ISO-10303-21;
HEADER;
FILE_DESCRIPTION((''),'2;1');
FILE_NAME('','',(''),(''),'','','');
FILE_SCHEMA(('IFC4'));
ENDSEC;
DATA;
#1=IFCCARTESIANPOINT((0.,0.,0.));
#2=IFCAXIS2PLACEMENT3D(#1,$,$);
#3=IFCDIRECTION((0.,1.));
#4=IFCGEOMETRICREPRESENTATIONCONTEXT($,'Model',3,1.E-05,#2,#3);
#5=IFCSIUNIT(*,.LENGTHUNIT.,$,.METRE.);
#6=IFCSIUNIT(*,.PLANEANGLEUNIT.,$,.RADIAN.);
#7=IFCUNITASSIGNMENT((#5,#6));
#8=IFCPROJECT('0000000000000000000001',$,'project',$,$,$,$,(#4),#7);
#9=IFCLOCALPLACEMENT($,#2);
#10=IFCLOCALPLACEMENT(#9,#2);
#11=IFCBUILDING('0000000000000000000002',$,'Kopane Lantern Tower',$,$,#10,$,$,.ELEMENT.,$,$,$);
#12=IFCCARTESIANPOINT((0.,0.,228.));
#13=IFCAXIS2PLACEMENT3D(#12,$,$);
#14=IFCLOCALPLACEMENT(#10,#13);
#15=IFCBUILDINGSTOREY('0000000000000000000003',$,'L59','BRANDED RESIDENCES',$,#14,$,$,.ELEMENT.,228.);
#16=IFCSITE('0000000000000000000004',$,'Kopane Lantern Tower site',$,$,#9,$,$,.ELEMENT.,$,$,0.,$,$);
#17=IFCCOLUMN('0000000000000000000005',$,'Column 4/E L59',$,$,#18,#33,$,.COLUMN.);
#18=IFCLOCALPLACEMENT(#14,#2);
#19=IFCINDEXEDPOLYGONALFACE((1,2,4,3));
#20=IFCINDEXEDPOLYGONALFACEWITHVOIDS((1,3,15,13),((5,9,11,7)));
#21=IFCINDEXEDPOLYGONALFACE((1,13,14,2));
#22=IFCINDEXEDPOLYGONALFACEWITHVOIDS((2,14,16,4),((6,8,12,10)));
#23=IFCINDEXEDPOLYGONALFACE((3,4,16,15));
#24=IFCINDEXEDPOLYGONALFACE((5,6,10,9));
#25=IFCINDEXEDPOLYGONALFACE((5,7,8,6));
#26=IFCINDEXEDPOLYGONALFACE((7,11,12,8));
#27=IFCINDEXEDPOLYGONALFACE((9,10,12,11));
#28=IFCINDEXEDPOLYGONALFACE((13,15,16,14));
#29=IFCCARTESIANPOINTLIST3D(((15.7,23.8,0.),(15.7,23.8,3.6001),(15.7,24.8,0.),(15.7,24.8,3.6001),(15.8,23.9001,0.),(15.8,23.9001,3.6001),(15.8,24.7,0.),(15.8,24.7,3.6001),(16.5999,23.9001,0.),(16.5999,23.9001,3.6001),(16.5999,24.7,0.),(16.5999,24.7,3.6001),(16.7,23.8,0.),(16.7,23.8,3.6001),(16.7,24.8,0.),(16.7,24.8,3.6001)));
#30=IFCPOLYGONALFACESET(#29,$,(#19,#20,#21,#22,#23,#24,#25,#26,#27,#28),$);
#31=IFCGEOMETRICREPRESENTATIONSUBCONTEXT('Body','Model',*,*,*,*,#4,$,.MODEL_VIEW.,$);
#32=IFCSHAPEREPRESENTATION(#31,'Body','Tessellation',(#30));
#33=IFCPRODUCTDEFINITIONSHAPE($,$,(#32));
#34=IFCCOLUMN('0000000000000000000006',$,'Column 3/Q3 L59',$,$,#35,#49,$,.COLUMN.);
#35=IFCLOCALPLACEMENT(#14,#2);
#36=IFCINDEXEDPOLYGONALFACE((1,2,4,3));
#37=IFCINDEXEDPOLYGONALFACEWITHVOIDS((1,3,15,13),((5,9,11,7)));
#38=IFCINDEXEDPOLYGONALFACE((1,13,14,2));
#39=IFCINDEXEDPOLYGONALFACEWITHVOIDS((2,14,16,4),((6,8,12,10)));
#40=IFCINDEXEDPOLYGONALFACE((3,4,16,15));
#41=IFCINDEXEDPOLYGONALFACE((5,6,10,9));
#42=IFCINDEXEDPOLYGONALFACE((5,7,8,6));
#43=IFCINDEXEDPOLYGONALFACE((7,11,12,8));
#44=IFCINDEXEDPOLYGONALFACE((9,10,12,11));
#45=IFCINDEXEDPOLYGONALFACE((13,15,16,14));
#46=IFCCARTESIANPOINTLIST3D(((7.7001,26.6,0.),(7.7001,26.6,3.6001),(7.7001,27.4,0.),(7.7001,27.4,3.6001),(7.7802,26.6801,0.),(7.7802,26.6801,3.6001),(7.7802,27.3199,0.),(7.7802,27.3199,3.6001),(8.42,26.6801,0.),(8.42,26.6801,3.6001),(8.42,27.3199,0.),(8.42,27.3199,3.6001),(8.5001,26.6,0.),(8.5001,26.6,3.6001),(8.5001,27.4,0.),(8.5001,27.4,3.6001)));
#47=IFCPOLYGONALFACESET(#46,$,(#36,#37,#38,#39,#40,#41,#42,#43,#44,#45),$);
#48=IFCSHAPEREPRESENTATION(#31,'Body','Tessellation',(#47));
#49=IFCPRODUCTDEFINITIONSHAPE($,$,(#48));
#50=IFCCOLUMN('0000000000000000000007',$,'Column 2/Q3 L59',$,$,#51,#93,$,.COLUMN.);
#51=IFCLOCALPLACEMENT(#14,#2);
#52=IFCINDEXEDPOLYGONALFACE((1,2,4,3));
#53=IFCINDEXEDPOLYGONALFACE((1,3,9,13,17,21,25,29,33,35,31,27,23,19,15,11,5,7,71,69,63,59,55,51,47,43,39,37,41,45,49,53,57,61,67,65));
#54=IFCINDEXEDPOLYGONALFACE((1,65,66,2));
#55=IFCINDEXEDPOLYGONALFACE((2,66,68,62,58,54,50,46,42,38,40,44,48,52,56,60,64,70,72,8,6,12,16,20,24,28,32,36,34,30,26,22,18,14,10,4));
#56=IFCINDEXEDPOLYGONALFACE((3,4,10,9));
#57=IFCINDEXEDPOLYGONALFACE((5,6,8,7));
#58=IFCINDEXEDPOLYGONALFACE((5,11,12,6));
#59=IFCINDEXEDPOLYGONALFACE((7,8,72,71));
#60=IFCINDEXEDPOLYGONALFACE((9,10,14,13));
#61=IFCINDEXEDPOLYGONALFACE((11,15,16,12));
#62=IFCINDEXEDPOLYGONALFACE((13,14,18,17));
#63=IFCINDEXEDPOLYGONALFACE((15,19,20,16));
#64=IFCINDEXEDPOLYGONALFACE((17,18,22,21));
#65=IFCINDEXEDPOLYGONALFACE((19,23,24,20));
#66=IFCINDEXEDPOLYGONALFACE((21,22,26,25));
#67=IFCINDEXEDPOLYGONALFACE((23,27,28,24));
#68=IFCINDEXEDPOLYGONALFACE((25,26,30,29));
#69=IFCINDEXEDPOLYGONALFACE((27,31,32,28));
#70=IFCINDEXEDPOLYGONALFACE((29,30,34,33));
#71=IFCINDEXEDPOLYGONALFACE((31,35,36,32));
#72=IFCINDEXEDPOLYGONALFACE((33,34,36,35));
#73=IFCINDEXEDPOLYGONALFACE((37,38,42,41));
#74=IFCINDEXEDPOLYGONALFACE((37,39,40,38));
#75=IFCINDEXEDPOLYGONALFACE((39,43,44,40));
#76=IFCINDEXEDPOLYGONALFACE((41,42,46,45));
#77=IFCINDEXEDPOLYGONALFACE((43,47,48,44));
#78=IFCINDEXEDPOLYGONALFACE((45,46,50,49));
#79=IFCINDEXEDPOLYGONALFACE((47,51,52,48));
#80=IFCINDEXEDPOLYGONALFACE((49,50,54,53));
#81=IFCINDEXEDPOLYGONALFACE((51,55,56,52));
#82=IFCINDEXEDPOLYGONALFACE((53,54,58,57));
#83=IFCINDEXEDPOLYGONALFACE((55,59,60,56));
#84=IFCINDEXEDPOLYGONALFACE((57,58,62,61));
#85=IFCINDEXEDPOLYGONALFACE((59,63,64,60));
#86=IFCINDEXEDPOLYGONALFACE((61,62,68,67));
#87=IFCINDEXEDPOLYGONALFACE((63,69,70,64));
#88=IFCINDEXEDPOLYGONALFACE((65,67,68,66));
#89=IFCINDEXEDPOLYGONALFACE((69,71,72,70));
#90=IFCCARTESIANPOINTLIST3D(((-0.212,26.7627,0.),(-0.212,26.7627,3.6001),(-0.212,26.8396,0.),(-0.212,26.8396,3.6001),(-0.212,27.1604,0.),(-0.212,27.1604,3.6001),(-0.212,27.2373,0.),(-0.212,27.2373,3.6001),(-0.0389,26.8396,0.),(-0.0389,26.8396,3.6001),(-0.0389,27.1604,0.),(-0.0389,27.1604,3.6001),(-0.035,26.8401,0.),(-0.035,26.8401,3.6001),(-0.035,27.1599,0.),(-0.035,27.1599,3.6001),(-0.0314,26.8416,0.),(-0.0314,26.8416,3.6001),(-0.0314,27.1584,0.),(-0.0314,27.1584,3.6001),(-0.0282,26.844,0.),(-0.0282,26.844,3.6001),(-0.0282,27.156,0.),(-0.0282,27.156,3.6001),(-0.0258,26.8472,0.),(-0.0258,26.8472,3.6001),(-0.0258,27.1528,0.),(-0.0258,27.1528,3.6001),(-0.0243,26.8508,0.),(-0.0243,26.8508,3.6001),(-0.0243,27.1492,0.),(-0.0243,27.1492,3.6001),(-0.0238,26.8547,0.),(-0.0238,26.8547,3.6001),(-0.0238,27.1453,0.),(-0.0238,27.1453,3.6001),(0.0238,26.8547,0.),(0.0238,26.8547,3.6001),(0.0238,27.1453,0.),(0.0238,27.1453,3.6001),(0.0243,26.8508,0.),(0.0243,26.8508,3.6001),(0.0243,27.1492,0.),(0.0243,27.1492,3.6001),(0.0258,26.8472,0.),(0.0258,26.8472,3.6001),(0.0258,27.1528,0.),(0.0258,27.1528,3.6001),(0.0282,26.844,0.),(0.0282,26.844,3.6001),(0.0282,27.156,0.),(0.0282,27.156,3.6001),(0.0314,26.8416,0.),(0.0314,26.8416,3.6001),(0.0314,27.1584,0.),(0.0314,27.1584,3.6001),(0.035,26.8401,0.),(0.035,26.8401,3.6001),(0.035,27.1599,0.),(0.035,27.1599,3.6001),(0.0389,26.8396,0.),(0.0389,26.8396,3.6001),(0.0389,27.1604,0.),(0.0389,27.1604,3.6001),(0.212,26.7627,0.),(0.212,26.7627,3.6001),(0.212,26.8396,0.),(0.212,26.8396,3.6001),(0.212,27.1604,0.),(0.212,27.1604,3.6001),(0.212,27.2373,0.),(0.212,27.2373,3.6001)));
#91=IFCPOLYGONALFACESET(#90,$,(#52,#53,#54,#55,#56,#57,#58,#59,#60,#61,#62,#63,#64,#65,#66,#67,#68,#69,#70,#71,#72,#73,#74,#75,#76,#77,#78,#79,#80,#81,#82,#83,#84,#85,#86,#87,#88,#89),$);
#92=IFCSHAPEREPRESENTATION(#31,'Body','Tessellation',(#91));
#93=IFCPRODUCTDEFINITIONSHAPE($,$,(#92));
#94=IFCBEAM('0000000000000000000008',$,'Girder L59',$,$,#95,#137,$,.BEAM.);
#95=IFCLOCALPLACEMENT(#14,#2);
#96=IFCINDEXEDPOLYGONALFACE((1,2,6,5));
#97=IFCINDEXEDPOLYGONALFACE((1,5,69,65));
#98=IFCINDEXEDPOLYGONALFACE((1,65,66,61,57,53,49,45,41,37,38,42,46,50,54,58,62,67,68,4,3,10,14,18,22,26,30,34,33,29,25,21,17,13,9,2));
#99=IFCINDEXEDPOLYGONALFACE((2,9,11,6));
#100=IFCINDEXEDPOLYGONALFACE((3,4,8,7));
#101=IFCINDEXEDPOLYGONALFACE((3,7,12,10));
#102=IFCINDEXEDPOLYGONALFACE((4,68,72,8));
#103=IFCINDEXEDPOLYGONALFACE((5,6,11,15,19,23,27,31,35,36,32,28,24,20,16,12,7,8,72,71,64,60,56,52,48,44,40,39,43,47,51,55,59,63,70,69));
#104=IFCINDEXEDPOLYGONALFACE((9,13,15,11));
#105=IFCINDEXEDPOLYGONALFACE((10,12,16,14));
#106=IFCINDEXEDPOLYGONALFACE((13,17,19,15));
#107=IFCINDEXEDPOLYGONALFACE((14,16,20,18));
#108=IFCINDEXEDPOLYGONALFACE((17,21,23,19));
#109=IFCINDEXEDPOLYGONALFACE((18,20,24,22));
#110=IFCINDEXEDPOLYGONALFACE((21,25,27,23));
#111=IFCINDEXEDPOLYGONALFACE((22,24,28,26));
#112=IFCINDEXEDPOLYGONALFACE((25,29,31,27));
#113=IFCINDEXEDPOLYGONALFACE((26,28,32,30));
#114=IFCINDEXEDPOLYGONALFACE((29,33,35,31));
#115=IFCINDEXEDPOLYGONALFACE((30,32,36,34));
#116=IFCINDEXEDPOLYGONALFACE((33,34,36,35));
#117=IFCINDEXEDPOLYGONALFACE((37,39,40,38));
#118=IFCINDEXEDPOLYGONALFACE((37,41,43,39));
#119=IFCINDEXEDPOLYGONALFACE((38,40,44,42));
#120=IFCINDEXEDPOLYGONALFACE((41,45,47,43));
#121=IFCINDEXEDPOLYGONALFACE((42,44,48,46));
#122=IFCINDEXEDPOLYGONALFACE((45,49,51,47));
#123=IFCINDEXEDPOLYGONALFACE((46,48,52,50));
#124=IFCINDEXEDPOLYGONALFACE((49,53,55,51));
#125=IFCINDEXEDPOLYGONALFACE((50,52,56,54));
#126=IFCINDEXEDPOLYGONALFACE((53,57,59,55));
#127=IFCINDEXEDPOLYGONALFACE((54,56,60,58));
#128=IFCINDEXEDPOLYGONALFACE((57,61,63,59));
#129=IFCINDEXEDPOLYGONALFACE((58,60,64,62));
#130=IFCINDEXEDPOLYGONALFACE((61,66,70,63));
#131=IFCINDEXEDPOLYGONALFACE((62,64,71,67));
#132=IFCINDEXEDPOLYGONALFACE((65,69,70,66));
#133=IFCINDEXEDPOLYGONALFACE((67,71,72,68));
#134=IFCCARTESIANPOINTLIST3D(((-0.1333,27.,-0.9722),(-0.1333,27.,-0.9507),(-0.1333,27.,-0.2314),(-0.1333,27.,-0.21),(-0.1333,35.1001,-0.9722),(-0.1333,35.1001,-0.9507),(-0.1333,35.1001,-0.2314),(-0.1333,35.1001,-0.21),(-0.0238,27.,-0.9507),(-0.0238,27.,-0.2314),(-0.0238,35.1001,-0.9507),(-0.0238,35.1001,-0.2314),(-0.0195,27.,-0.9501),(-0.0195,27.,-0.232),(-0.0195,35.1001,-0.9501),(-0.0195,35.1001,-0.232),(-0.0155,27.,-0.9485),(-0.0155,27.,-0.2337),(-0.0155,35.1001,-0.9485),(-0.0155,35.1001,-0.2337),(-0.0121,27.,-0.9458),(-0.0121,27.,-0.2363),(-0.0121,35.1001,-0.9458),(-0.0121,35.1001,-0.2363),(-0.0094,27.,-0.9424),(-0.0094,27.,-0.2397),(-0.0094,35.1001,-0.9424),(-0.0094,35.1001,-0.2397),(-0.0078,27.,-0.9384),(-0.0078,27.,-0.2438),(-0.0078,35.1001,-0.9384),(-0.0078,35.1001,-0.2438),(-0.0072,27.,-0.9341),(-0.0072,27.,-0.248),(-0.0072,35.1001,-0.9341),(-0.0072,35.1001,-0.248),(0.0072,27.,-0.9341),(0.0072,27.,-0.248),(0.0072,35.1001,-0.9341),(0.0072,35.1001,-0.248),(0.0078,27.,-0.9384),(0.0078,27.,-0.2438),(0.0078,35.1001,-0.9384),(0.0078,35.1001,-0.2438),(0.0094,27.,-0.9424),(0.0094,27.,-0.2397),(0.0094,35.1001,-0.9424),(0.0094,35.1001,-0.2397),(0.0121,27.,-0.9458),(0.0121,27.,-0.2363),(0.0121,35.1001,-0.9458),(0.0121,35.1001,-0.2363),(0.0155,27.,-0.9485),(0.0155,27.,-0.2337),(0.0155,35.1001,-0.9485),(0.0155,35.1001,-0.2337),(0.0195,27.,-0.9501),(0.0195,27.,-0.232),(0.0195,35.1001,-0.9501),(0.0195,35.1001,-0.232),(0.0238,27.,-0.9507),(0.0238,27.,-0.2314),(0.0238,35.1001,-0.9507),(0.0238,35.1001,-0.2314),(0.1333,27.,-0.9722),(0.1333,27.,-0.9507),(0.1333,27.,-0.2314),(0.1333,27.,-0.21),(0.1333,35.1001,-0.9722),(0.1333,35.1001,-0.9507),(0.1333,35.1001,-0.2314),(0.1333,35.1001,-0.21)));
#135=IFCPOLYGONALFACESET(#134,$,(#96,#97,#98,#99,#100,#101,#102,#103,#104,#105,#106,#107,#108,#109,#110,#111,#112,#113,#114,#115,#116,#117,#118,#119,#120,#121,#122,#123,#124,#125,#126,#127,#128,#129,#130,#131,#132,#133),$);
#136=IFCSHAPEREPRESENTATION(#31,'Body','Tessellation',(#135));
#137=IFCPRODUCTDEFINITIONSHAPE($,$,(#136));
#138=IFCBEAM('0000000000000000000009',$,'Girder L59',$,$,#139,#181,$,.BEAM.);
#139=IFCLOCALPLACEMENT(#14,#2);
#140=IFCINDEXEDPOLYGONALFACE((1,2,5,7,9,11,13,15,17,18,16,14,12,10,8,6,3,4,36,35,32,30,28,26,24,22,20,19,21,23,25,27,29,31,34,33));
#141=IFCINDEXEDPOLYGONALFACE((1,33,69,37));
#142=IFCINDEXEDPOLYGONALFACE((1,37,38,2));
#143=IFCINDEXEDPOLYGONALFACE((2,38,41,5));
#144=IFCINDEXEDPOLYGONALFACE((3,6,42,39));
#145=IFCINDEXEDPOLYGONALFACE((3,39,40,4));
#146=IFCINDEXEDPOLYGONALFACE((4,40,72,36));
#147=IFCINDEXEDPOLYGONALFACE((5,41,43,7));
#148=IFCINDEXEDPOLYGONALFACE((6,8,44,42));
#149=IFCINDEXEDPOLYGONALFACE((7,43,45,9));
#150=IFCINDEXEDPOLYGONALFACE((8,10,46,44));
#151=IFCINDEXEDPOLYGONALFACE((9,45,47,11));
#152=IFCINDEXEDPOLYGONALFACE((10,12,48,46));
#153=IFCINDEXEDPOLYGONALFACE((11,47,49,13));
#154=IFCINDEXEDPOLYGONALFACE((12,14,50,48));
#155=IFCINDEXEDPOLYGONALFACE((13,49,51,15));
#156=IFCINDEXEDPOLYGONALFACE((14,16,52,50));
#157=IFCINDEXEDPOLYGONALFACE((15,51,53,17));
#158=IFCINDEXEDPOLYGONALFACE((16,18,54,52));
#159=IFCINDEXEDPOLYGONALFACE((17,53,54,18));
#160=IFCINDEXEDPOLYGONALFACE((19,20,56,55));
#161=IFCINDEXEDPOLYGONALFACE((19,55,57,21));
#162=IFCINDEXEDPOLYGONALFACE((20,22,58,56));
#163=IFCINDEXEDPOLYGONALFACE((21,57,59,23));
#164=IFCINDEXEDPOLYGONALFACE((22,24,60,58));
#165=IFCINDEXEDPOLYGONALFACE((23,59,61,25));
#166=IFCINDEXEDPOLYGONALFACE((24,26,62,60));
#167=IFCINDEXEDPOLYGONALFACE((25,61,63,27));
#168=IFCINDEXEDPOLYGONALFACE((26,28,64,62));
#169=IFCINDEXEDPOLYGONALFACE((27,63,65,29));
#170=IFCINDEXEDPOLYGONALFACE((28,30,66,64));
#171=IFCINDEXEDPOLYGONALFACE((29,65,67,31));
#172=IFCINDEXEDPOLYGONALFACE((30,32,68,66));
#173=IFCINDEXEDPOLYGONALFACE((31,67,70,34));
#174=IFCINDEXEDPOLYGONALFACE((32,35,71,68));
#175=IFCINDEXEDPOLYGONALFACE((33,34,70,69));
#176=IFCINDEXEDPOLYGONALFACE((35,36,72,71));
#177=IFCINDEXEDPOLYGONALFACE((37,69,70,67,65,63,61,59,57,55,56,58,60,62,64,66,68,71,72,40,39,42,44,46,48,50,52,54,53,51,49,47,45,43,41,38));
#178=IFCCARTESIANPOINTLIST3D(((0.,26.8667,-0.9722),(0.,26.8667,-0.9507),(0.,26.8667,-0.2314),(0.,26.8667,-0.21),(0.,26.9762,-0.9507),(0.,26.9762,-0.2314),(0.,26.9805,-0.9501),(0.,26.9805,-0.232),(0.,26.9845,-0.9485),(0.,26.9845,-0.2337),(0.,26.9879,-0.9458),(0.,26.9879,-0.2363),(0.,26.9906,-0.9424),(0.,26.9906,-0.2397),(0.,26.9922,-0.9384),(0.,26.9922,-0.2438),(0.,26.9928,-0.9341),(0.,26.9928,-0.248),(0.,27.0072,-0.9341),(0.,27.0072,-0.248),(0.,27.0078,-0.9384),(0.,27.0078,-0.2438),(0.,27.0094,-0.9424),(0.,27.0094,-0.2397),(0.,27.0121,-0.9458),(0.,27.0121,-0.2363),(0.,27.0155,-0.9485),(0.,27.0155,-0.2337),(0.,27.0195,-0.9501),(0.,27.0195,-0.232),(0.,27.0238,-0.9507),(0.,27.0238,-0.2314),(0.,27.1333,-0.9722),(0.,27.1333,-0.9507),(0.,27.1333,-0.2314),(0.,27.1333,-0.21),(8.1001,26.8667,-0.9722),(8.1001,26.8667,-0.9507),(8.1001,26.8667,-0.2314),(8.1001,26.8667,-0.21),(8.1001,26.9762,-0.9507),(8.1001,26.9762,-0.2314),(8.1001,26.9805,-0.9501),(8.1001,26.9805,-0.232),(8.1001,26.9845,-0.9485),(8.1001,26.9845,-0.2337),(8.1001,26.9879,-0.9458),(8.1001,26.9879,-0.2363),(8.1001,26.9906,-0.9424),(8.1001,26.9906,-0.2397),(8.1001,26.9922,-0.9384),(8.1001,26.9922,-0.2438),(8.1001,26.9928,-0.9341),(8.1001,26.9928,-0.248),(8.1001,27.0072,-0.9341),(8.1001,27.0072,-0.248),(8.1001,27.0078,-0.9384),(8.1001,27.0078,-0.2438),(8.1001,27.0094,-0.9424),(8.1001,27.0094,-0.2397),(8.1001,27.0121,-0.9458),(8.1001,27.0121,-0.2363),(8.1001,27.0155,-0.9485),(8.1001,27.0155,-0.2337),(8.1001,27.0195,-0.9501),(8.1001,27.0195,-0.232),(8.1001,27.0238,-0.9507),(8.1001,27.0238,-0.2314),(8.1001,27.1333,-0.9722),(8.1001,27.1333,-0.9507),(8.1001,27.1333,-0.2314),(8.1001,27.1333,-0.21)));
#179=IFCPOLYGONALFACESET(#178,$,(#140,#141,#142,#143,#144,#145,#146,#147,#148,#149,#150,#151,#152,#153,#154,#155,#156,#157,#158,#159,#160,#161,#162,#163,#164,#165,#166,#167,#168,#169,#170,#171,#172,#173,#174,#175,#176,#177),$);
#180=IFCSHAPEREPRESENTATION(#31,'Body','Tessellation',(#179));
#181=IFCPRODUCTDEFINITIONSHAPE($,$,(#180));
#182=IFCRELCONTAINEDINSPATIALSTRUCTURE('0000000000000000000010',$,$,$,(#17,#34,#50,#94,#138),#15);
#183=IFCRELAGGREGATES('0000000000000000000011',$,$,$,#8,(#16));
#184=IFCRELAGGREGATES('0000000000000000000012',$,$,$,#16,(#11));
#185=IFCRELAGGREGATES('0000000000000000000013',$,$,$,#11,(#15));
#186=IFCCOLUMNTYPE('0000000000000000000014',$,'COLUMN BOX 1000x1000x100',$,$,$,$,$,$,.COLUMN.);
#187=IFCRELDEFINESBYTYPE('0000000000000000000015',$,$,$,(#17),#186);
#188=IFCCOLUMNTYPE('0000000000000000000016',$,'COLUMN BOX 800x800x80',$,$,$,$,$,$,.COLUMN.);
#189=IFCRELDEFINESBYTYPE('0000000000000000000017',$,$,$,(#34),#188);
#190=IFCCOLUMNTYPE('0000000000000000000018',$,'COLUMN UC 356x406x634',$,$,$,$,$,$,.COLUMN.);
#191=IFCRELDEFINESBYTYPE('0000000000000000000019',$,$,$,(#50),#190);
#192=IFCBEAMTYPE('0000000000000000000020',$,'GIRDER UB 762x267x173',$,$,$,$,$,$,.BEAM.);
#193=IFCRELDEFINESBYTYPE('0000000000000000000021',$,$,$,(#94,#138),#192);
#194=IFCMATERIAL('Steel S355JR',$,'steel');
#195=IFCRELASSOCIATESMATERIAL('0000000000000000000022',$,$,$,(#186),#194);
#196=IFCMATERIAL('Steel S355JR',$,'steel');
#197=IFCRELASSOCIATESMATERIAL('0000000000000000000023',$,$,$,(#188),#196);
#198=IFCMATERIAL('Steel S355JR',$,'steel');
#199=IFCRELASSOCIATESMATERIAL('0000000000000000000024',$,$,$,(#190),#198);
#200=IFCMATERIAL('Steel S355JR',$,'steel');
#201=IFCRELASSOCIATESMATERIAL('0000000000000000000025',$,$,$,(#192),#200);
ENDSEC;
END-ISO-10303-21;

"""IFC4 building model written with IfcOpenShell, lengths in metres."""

from ifc_helpers import new_model, si_unit, direction, frame, origin, origin_2d, place, context, subcontext, project, spatial, hollow_rectangle, i_section, extrude, material, material_profile, profile_set, type_object, element, save


model = new_model("IFC4")

# Units and contexts
model_context = context("Model", 3, precision=1e-05, world=origin(), true_north=direction((0.0, 1.0)))
body_context = subcontext(model_context, "Body", "Model", "MODEL_VIEW")
ifc_project = project(units=[si_unit("LENGTHUNIT", "METRE"), si_unit("PLANEANGLEUNIT", "RADIAN")], contexts=[model_context])

# Site, building, storey
site_placement = place(None, origin())
site = spatial("IfcSite", under=ifc_project, at=site_placement, Name="Kopane Lantern Tower site", CompositionType="ELEMENT", RefElevation=0.0)
building_placement = place(site_placement, origin())
building = spatial("IfcBuilding", under=site, at=building_placement, Name="Kopane Lantern Tower", CompositionType="ELEMENT")
storey_placement = place(building_placement, frame((0.0, 0.0, 228.0)))
storey = spatial("IfcBuildingStorey", under=building, at=storey_placement, Name="L59", Description="BRANDED RESIDENCES", CompositionType="ELEMENT", Elevation=228.0)

# Columns
ifc_material_1 = material(Name="Steel S355JR", Category="steel")
ifc_material_profile_1 = material_profile(ifc_material_1, hollow_rectangle(XDim=1.0, YDim=1.0, WallThickness=0.1001, at=origin_2d()), Name="BOX 1000x1000x100")
ifc_profile_set_1 = profile_set([ifc_material_profile_1], Name="Steel S355JR")
column_type_1 = type_object("IfcColumnType", Name="COLUMN BOX 1000x1000x100", PredefinedType="COLUMN", material=ifc_profile_set_1)
column_1_placement = place(storey_placement, frame((16.2, 24.3, 0.0), z_axis=(0.0, 0.0, 1.0), x_axis=(1.0, 0.0, 0.0)))
element("IfcColumn", 1, at=column_1_placement, inside=storey, type_object=column_type_1, Name="Column 4/E L59", PredefinedType="COLUMN", context=body_context, shape_type="SweptSolid", body=[
    extrude(hollow_rectangle(XDim=1.0, YDim=1.0, WallThickness=0.1001, at=origin_2d()), origin(), (0.0, 0.0, 1.0), 3.6001),
])
ifc_material_2 = material(Name="Steel S355JR", Category="steel")
ifc_material_profile_2 = material_profile(ifc_material_2, hollow_rectangle(XDim=0.8, YDim=0.8, WallThickness=0.0801, at=origin_2d()), Name="BOX 800x800x80")
ifc_profile_set_2 = profile_set([ifc_material_profile_2], Name="Steel S355JR")
column_type_2 = type_object("IfcColumnType", Name="COLUMN BOX 800x800x80", PredefinedType="COLUMN", material=ifc_profile_set_2)
column_2_placement = place(storey_placement, frame((8.1001, 27.0, 0.0), z_axis=(0.0, 0.0, 1.0), x_axis=(1.0, 0.0, 0.0)))
element("IfcColumn", 2, at=column_2_placement, inside=storey, type_object=column_type_2, Name="Column 3/Q3 L59", PredefinedType="COLUMN", context=body_context, shape_type="SweptSolid", body=[
    extrude(hollow_rectangle(XDim=0.8, YDim=0.8, WallThickness=0.0801, at=origin_2d()), origin(), (0.0, 0.0, 1.0), 3.6001),
])
ifc_material_3 = material(Name="Steel S355JR", Category="steel")
ifc_material_profile_3 = material_profile(ifc_material_3, i_section(OverallWidth=0.4241, OverallDepth=0.4746, WebThickness=0.0476, FlangeThickness=0.0769, FilletRadius=0.0151, at=origin_2d()), Name="UC 356x406x634")
ifc_profile_set_3 = profile_set([ifc_material_profile_3], Name="Steel S355JR")
column_type_3 = type_object("IfcColumnType", Name="COLUMN UC 356x406x634", PredefinedType="COLUMN", material=ifc_profile_set_3)
column_3_placement = place(storey_placement, frame((0.0, 27.0, 0.0), z_axis=(0.0, 0.0, 1.0), x_axis=(1.0, 0.0, 0.0)))
element("IfcColumn", 3, at=column_3_placement, inside=storey, type_object=column_type_3, Name="Column 2/Q3 L59", PredefinedType="COLUMN", context=body_context, shape_type="SweptSolid", body=[
    extrude(i_section(OverallWidth=0.4241, OverallDepth=0.4746, WebThickness=0.0476, FlangeThickness=0.0769, FilletRadius=0.0151, at=origin_2d()), origin(), (0.0, 0.0, 1.0), 3.6001),
])

# Beams
ifc_material_4 = material(Name="Steel S355JR", Category="steel")
ifc_material_profile_4 = material_profile(ifc_material_4, i_section(OverallWidth=0.2666, OverallDepth=0.7622, WebThickness=0.0144, FlangeThickness=0.0215, FilletRadius=0.0166, at=origin_2d()), Name="UB 762x267x173")
ifc_profile_set_4 = profile_set([ifc_material_profile_4], Name="Steel S355JR")
beam_type = type_object("IfcBeamType", Name="GIRDER UB 762x267x173", PredefinedType="BEAM", material=ifc_profile_set_4)
for number, where, z_axis, x_axis, name in (
    (4, (0.0, 27.0, -0.5911), (0.0, 1.0, 0.0), (-1.0, 0.0, 0.0), "Girder L59"),
    (5, (0.0, 27.0, -0.5911), (1.0, 0.0, 0.0), (0.0, 1.0, 0.0), "Girder L59"),
):
    element("IfcBeam", number, at=place(storey_placement, frame(where, z_axis=z_axis, x_axis=x_axis)), inside=storey, type_object=beam_type, Name=name, PredefinedType="BEAM", context=body_context, shape_type="SweptSolid", body=[
        extrude(i_section(OverallWidth=0.2666, OverallDepth=0.7622, WebThickness=0.0144, FlangeThickness=0.0215, FilletRadius=0.0166, at=origin_2d()), origin(), (0.0, 0.0, 1.0), 8.1001),
    ])

save(model, "model.ifc")
